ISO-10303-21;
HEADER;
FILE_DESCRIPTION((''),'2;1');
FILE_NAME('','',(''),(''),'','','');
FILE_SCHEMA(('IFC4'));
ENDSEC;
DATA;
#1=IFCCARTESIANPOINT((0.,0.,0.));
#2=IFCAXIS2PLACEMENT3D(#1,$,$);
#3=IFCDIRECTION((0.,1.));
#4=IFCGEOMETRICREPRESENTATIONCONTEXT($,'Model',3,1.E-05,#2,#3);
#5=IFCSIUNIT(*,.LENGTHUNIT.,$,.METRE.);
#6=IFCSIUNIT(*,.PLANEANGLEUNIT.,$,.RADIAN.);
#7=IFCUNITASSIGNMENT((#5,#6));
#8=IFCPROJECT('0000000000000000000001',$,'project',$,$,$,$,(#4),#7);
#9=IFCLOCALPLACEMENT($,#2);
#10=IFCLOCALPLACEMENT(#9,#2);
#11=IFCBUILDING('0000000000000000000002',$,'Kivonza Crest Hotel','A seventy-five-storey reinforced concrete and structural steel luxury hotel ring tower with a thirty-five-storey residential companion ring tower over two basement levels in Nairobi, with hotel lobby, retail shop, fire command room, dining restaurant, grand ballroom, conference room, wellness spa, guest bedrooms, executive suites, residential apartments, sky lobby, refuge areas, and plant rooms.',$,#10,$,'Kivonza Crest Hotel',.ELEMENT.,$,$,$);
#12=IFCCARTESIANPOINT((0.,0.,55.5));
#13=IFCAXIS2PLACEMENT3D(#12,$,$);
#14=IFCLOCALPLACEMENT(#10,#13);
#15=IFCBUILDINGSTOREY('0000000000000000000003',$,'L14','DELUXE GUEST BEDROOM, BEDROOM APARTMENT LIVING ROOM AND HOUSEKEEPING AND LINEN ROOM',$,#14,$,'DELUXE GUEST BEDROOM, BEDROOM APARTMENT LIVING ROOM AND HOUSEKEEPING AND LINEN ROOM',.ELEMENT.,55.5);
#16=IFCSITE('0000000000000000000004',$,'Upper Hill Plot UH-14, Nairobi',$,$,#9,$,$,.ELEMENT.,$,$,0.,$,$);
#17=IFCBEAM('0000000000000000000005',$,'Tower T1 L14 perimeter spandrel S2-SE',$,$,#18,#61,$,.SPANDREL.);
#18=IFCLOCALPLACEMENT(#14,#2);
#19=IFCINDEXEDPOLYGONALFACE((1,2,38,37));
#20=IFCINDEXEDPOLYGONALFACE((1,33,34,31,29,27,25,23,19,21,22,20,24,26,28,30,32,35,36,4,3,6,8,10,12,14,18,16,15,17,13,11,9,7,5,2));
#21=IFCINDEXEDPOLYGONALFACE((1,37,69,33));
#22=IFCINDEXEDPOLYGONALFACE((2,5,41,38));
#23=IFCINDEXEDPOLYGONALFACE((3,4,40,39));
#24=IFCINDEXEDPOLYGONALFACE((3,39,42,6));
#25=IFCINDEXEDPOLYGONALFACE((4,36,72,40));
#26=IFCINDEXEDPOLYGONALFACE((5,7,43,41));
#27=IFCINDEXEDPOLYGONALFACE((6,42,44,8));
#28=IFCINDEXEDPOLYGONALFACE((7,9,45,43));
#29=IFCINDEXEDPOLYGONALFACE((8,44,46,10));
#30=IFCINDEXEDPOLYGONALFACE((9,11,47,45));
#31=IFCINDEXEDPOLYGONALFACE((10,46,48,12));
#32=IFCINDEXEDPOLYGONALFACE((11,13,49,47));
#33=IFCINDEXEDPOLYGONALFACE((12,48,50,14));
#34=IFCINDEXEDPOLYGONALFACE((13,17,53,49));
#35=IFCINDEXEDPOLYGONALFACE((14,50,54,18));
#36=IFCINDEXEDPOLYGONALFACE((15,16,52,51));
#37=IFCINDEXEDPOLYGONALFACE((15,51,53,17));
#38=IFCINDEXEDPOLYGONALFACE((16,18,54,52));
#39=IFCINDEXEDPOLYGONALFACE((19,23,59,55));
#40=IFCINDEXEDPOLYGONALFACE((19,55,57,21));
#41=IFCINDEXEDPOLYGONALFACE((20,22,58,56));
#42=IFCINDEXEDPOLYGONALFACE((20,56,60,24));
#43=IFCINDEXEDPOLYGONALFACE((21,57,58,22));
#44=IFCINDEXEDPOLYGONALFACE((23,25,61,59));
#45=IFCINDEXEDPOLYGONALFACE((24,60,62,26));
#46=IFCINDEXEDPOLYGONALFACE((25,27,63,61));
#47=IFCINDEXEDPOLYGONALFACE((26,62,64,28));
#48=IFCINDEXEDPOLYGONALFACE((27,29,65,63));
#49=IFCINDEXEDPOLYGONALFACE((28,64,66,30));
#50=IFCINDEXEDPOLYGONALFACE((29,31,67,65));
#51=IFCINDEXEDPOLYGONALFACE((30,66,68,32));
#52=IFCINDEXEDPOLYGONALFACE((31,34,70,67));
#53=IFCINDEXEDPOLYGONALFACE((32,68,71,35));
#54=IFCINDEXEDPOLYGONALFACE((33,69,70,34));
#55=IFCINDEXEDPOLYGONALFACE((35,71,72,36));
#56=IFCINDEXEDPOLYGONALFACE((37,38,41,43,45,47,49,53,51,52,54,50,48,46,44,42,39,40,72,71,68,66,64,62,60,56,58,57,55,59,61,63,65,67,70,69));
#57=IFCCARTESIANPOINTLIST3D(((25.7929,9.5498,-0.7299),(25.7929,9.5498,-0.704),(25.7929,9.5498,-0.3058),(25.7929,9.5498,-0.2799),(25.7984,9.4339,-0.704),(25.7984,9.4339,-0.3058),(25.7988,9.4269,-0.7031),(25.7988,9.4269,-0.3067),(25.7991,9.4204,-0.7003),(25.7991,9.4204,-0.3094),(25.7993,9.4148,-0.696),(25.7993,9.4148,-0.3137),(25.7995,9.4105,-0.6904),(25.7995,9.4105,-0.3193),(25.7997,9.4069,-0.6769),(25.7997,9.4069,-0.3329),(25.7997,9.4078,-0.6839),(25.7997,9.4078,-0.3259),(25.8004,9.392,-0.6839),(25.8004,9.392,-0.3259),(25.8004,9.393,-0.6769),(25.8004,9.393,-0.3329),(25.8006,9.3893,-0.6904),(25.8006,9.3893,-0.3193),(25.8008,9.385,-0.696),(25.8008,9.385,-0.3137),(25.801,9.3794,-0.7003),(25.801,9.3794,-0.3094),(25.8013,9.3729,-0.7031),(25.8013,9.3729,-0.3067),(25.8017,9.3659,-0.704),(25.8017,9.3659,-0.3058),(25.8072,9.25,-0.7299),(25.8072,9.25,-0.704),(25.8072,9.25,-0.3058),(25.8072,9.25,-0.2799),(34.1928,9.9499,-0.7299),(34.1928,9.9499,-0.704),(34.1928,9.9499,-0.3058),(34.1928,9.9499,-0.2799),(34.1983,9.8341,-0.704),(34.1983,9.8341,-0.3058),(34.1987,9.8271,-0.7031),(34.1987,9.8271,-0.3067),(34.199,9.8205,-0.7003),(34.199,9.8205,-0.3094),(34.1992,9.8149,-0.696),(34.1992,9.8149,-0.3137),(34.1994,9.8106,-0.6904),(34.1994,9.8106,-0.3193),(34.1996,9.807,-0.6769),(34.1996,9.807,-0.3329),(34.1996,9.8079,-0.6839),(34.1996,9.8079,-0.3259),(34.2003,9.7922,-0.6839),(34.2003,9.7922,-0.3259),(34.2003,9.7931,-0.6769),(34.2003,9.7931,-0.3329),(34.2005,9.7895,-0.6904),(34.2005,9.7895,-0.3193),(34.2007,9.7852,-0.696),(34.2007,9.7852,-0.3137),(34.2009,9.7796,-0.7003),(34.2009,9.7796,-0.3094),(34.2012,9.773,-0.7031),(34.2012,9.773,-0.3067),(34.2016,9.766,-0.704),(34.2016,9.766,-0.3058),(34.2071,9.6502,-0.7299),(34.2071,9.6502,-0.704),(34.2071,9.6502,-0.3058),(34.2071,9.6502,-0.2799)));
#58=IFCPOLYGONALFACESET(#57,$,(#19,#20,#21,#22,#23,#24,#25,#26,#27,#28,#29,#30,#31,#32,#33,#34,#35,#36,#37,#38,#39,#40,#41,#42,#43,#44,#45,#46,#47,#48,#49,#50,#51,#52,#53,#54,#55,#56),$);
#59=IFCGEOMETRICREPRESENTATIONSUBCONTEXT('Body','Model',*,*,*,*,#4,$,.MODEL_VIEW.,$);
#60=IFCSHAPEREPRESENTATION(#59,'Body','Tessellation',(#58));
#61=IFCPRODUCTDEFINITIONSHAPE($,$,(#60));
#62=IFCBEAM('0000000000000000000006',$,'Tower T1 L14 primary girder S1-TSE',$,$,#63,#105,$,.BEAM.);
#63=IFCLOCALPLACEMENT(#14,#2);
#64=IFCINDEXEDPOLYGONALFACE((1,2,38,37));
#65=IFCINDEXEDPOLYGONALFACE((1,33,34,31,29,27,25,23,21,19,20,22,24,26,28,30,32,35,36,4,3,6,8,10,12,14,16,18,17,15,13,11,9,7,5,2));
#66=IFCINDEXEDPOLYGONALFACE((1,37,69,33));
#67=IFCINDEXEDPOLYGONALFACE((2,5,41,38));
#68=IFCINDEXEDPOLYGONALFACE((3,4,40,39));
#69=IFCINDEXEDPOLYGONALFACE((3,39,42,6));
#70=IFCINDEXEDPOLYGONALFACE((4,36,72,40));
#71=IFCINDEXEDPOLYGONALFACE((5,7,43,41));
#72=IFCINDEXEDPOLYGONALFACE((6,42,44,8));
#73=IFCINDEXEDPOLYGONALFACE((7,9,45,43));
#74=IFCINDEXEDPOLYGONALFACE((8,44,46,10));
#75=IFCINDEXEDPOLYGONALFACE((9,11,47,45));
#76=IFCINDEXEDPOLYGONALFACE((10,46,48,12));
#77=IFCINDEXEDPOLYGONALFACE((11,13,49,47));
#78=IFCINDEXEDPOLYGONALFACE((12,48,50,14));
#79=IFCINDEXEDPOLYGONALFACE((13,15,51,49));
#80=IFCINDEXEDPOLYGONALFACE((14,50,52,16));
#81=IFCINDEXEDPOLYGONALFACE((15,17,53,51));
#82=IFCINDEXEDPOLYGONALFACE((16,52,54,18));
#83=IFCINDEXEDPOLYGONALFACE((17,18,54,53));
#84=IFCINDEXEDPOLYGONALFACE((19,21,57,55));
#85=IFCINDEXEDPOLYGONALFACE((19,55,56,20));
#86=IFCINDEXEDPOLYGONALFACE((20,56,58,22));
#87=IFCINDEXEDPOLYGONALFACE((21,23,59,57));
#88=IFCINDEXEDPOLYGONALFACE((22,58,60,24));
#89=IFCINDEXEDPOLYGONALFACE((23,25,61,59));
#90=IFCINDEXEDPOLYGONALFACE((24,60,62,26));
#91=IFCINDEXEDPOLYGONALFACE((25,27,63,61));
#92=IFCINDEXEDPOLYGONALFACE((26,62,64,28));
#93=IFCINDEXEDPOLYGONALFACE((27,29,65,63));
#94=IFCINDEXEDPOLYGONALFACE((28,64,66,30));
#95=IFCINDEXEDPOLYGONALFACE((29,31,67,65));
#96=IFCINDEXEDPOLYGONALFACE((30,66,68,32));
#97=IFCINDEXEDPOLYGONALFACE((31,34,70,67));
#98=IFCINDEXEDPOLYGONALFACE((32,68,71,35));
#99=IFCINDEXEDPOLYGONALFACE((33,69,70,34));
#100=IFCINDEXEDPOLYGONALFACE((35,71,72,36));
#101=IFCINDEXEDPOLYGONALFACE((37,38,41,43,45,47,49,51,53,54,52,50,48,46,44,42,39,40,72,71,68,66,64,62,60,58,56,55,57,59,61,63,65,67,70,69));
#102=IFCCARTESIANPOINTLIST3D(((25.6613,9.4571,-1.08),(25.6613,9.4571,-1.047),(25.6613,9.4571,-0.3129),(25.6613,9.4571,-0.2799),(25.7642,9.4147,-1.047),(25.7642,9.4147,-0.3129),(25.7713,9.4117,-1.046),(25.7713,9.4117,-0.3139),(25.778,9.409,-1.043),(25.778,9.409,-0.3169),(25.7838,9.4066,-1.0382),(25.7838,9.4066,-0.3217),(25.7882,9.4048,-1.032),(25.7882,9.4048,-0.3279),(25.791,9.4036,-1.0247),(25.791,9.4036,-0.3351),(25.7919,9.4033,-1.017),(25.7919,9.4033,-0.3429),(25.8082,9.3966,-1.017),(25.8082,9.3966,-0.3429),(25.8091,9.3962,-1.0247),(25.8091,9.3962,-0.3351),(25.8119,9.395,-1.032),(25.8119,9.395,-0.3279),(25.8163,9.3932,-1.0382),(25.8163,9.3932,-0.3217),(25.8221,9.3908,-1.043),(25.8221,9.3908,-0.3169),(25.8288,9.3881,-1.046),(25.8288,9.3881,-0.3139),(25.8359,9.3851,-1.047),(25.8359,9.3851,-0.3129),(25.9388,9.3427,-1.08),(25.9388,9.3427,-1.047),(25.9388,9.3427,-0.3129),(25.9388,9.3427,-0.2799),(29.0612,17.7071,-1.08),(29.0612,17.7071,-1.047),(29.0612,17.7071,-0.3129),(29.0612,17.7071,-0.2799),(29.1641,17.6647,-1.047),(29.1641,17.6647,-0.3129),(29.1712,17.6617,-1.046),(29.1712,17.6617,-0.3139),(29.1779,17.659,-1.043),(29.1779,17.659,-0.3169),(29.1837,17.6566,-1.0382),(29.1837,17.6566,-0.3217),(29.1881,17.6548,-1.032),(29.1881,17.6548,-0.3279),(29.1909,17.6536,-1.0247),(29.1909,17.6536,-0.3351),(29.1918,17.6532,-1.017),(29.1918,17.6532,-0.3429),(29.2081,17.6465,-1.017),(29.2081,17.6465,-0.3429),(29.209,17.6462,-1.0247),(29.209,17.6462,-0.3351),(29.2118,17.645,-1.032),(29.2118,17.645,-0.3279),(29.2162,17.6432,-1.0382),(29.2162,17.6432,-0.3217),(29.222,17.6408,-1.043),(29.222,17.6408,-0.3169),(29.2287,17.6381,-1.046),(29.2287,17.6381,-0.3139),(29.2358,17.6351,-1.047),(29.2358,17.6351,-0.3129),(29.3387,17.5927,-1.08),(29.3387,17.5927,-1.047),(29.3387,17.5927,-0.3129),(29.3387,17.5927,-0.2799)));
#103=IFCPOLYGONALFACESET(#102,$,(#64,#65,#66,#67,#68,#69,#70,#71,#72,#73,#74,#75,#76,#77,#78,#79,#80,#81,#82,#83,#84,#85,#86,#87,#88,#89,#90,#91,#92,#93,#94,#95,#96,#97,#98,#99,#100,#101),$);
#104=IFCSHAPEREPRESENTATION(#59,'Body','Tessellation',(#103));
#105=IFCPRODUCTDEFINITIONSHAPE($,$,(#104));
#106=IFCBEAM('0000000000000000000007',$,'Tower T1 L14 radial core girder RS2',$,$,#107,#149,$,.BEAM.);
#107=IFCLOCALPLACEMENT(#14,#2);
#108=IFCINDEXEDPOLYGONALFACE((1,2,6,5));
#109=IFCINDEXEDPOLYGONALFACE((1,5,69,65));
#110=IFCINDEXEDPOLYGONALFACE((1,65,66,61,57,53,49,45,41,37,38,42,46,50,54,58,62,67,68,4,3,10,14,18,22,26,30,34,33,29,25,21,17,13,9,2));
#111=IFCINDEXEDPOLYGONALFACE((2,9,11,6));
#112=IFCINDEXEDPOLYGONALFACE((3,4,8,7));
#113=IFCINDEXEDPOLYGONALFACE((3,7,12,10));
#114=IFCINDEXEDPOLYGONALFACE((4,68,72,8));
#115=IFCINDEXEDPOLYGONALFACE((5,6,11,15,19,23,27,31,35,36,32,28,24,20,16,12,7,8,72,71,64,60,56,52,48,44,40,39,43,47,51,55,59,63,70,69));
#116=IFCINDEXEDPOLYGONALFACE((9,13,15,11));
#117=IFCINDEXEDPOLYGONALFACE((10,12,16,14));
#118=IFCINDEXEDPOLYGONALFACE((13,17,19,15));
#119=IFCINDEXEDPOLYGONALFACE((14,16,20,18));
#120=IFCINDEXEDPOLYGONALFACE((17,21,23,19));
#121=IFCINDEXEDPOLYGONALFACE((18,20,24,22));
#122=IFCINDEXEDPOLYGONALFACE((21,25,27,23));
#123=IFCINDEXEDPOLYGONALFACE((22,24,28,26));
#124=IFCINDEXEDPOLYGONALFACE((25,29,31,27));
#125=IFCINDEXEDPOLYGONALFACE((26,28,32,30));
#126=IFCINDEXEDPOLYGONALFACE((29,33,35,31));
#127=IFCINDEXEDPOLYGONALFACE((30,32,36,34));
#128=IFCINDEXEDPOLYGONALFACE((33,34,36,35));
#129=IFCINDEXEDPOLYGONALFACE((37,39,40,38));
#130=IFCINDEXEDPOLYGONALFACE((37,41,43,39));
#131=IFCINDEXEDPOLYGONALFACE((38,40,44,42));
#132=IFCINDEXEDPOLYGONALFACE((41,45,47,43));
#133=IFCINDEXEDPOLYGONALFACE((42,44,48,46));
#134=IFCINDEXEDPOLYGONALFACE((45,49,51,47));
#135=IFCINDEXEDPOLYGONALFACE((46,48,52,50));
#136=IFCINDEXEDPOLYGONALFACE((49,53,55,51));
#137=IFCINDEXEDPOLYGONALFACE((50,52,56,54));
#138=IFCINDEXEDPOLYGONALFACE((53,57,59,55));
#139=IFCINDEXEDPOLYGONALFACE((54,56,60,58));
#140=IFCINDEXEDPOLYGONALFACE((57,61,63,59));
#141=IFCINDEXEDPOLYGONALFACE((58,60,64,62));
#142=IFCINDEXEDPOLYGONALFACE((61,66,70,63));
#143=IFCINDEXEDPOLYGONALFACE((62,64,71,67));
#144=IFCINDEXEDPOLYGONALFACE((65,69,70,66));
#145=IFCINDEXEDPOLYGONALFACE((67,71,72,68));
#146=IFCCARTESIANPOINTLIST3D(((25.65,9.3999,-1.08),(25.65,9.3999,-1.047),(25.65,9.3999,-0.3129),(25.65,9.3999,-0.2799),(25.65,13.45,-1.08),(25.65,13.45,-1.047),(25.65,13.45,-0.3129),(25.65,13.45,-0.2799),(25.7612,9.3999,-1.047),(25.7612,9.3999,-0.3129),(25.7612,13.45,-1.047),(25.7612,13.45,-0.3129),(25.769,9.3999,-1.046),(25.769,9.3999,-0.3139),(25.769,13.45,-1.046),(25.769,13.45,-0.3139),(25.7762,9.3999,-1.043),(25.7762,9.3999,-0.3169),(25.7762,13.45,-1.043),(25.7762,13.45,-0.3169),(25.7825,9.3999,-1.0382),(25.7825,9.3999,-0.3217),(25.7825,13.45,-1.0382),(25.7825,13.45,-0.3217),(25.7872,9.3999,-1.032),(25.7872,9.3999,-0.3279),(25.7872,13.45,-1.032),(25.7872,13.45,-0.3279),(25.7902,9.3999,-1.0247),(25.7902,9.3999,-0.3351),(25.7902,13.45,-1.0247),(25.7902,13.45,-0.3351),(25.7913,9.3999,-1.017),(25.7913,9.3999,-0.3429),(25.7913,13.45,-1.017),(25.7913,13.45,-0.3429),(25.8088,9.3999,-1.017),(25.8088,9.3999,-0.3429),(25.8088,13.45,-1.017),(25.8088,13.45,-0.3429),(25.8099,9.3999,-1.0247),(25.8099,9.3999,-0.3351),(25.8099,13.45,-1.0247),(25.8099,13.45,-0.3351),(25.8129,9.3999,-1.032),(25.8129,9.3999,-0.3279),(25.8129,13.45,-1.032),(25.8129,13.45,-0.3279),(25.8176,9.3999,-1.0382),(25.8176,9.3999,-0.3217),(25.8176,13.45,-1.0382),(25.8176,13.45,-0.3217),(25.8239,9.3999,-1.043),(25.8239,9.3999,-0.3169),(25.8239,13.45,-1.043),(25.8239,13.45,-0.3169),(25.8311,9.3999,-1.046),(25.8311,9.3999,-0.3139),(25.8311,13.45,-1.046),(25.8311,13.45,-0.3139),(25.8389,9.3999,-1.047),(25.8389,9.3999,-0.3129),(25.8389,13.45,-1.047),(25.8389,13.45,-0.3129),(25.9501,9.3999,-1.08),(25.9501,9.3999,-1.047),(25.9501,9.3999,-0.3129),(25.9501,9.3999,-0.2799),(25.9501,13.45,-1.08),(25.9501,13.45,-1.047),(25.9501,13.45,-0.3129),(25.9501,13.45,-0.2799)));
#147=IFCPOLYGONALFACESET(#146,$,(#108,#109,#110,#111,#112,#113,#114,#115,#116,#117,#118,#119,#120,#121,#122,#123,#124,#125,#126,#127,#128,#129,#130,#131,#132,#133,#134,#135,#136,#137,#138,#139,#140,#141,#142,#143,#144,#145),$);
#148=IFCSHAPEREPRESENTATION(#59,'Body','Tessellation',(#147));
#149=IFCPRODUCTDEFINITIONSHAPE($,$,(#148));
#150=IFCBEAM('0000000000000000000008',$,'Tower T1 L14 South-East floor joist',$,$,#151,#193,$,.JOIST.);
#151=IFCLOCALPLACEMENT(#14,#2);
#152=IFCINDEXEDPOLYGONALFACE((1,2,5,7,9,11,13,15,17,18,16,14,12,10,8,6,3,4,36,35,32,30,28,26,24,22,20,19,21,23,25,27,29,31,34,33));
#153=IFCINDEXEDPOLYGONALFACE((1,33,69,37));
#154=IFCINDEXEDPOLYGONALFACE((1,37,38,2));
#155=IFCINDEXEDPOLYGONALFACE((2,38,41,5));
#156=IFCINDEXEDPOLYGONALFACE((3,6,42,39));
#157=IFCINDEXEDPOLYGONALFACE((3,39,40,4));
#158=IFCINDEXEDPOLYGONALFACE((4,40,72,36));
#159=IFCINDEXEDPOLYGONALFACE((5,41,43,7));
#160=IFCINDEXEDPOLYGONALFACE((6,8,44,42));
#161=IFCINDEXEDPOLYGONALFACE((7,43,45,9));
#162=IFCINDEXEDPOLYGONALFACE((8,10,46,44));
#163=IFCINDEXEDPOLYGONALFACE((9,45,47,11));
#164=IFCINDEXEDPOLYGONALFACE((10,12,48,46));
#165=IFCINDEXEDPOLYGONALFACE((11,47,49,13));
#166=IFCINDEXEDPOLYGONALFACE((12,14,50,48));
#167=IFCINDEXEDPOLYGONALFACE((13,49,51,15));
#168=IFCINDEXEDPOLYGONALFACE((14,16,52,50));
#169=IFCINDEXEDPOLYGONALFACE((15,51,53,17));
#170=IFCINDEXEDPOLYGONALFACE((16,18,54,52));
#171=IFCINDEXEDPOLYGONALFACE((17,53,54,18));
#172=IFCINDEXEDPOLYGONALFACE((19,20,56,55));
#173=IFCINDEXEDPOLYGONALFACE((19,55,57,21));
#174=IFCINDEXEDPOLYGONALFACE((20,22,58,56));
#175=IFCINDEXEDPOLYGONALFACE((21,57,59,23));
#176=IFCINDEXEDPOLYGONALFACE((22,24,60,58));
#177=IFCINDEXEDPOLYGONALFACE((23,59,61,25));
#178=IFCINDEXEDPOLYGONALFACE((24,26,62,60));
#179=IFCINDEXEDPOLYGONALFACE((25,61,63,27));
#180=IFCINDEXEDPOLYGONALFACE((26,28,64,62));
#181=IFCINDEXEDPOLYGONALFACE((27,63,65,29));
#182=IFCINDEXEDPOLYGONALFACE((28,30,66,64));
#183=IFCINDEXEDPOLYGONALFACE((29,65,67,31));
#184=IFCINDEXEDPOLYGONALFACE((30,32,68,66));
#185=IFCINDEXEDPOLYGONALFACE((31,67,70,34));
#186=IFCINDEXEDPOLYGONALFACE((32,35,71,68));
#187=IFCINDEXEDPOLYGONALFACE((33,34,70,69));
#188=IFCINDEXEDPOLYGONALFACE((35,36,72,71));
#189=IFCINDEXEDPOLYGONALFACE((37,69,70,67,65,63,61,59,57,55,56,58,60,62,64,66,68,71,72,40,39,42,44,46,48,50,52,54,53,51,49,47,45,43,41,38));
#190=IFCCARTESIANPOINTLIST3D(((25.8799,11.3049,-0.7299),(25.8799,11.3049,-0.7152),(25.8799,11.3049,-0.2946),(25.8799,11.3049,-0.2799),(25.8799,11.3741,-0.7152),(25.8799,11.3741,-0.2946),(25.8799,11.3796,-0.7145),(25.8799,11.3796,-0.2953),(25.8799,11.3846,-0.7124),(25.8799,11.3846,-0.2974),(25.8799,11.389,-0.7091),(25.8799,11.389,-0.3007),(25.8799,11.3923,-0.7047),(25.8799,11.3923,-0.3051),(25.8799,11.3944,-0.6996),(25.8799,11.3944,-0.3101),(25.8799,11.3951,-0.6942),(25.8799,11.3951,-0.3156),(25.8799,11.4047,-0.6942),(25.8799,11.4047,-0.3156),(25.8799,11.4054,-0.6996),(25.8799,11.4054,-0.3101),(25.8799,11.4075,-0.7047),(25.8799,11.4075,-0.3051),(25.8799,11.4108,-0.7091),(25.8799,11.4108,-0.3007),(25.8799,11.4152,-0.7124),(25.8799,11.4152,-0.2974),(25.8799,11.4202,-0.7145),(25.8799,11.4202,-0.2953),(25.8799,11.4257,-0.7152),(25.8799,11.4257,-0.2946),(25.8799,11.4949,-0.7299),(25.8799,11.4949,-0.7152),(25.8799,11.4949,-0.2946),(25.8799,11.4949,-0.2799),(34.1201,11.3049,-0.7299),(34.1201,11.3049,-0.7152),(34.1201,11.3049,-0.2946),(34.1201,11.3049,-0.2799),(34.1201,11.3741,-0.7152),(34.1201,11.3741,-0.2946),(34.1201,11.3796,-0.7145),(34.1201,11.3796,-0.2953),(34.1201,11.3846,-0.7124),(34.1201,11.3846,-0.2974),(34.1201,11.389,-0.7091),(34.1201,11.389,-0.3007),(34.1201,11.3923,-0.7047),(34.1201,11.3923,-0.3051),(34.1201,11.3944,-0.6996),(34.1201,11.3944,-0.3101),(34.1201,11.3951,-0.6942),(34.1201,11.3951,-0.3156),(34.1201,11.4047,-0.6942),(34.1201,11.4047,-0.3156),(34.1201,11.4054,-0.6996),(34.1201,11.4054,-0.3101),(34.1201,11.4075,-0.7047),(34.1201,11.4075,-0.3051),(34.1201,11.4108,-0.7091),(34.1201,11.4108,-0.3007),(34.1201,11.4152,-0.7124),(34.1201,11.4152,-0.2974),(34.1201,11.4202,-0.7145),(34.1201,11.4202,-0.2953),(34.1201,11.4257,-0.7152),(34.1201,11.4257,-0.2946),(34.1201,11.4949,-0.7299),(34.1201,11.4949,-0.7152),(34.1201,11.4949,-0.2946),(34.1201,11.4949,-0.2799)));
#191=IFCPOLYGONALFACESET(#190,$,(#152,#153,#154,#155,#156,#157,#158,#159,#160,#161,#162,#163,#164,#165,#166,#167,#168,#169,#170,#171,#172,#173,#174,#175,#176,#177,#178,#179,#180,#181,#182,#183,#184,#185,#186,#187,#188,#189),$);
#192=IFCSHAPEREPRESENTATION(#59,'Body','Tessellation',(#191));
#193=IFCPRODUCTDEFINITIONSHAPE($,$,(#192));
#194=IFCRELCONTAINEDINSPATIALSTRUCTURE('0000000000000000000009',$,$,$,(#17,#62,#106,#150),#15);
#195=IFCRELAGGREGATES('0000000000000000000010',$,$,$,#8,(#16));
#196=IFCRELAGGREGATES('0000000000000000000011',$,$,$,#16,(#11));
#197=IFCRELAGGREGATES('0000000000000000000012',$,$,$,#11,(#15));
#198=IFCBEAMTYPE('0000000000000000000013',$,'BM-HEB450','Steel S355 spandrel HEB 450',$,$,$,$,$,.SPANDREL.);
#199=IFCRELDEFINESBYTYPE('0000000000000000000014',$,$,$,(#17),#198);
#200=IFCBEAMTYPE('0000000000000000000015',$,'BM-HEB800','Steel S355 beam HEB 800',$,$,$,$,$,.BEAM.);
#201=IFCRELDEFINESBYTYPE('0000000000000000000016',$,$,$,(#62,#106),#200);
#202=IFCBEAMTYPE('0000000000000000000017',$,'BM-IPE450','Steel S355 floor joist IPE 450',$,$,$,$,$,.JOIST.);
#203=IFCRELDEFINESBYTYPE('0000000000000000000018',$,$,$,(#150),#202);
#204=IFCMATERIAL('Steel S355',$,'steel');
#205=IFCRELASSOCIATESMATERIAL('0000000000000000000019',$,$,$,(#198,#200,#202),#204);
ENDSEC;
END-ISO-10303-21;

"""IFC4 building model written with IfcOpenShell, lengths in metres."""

from ifc_helpers import new_model, si_unit, direction, frame, origin, origin_2d, place, context, subcontext, project, spatial, i_section, extrude, material, material_profile, profile_set, type_object, element, save


model = new_model("IFC4")

# Units and contexts
model_context = context("Model", 3, precision=1e-05, world=origin(), true_north=direction((0.0, 1.0)))
body_context = subcontext(model_context, "Body", "Model", "MODEL_VIEW")
ifc_project = project(units=[si_unit("LENGTHUNIT", "METRE"), si_unit("PLANEANGLEUNIT", "RADIAN")], contexts=[model_context])

# Site, building, storey
site_placement = place(None, origin())
site = spatial("IfcSite", under=ifc_project, at=site_placement, Name="Upper Hill Plot UH-14, Nairobi", CompositionType="ELEMENT", RefElevation=0.0)
building_placement = place(site_placement, origin())
building = spatial("IfcBuilding", under=site, at=building_placement, Name="Kivonza Crest Hotel", Description="A seventy-five-storey reinforced concrete and structural steel luxury hotel ring tower with a thirty-five-storey residential companion ring tower over two basement levels in Nairobi, with hotel lobby, retail shop, fire command room, dining restaurant, grand ballroom, conference room, wellness spa, guest bedrooms, executive suites, residential apartments, sky lobby, refuge areas, and plant rooms.", LongName="Kivonza Crest Hotel", CompositionType="ELEMENT")
storey_placement = place(building_placement, frame((0.0, 0.0, 55.5)))
storey = spatial("IfcBuildingStorey", under=building, at=storey_placement, Name="L14", Description="DELUXE GUEST BEDROOM, BEDROOM APARTMENT LIVING ROOM AND HOUSEKEEPING AND LINEN ROOM", LongName="DELUXE GUEST BEDROOM, BEDROOM APARTMENT LIVING ROOM AND HOUSEKEEPING AND LINEN ROOM", CompositionType="ELEMENT", Elevation=55.5)

# Beams
ifc_material_1 = material(Name="Steel S355", Category="steel")
ifc_material_profile_1 = material_profile(ifc_material_1, i_section(OverallWidth=0.3, OverallDepth=0.45, WebThickness=0.0139, FlangeThickness=0.0259, FilletRadius=0.0271, at=origin_2d()), Name="HEB 450")
ifc_profile_set_1 = profile_set([ifc_material_profile_1], Name="Steel S355")
beam_type_1 = type_object("IfcBeamType", Name="BM-HEB450", Description="Steel S355 spandrel HEB 450", PredefinedType="SPANDREL", material=ifc_profile_set_1)
beam_1_placement = place(storey_placement, frame((25.8, 9.3999, -0.5049), z_axis=(0.998867, 0.047583, 0.0), x_axis=(-0.047583, 0.998867, 0.0)))
element("IfcBeam", 1, at=beam_1_placement, inside=storey, type_object=beam_type_1, Name="Tower T1 L14 perimeter spandrel S2-SE", PredefinedType="SPANDREL", context=body_context, shape_type="SweptSolid", body=[
    extrude(i_section(OverallWidth=0.3, OverallDepth=0.45, WebThickness=0.0139, FlangeThickness=0.0259, FilletRadius=0.0271, at=origin_2d()), origin(), (0.0, 0.0, 1.0), 8.4094),
])
ifc_material_profile_2 = material_profile(ifc_material_1, i_section(OverallWidth=0.3, OverallDepth=0.8, WebThickness=0.0176, FlangeThickness=0.033, FilletRadius=0.03, at=origin_2d()), Name="HEB 800")
ifc_profile_set_2 = profile_set([ifc_material_profile_2], Name="Steel S355")
beam_type_2 = type_object("IfcBeamType", Name="BM-HEB800", Description="Steel S355 beam HEB 800", PredefinedType="BEAM", material=ifc_profile_set_2)
beam_2_placement = place(storey_placement, frame((25.8, 9.3999, -0.6799), z_axis=(0.381022, 0.924566, 0.0), x_axis=(-0.924566, 0.381022, 0.0)))
element("IfcBeam", 2, at=beam_2_placement, inside=storey, type_object=beam_type_2, Name="Tower T1 L14 primary girder S1-TSE", PredefinedType="BEAM", context=body_context, shape_type="SweptSolid", body=[
    extrude(i_section(OverallWidth=0.3, OverallDepth=0.8, WebThickness=0.0176, FlangeThickness=0.033, FilletRadius=0.03, at=origin_2d()), origin(), (0.0, 0.0, 1.0), 8.9231),
])
beam_3_placement = place(storey_placement, frame((25.8, 9.3999, -0.6799), z_axis=(0.0, 1.0, 0.0), x_axis=(-1.0, 0.0, 0.0)))
element("IfcBeam", 3, at=beam_3_placement, inside=storey, type_object=beam_type_2, Name="Tower T1 L14 radial core girder RS2", PredefinedType="BEAM", context=body_context, shape_type="SweptSolid", body=[
    extrude(i_section(OverallWidth=0.3, OverallDepth=0.8, WebThickness=0.0176, FlangeThickness=0.033, FilletRadius=0.03, at=origin_2d()), origin(), (0.0, 0.0, 1.0), 4.05),
])
ifc_material_profile_3 = material_profile(ifc_material_1, i_section(OverallWidth=0.1899, OverallDepth=0.45, WebThickness=0.0095, FlangeThickness=0.0146, FilletRadius=0.021, at=origin_2d()), Name="IPE 450")
ifc_profile_set_3 = profile_set([ifc_material_profile_3], Name="Steel S355")
beam_type_3 = type_object("IfcBeamType", Name="BM-IPE450", Description="Steel S355 floor joist IPE 450", PredefinedType="JOIST", material=ifc_profile_set_3)
beam_4_placement = place(storey_placement, frame((25.8799, 11.3999, -0.5049), z_axis=(1.0, 0.0, 0.0), x_axis=(0.0, 1.0, 0.0)))
element("IfcBeam", 4, at=beam_4_placement, inside=storey, type_object=beam_type_3, Name="Tower T1 L14 South-East floor joist", PredefinedType="JOIST", context=body_context, shape_type="SweptSolid", body=[
    extrude(i_section(OverallWidth=0.1899, OverallDepth=0.45, WebThickness=0.0095, FlangeThickness=0.0146, FilletRadius=0.021, at=origin_2d()), origin(), (0.0, 0.0, 1.0), 8.2402),
])

save(model, "model.ifc")
